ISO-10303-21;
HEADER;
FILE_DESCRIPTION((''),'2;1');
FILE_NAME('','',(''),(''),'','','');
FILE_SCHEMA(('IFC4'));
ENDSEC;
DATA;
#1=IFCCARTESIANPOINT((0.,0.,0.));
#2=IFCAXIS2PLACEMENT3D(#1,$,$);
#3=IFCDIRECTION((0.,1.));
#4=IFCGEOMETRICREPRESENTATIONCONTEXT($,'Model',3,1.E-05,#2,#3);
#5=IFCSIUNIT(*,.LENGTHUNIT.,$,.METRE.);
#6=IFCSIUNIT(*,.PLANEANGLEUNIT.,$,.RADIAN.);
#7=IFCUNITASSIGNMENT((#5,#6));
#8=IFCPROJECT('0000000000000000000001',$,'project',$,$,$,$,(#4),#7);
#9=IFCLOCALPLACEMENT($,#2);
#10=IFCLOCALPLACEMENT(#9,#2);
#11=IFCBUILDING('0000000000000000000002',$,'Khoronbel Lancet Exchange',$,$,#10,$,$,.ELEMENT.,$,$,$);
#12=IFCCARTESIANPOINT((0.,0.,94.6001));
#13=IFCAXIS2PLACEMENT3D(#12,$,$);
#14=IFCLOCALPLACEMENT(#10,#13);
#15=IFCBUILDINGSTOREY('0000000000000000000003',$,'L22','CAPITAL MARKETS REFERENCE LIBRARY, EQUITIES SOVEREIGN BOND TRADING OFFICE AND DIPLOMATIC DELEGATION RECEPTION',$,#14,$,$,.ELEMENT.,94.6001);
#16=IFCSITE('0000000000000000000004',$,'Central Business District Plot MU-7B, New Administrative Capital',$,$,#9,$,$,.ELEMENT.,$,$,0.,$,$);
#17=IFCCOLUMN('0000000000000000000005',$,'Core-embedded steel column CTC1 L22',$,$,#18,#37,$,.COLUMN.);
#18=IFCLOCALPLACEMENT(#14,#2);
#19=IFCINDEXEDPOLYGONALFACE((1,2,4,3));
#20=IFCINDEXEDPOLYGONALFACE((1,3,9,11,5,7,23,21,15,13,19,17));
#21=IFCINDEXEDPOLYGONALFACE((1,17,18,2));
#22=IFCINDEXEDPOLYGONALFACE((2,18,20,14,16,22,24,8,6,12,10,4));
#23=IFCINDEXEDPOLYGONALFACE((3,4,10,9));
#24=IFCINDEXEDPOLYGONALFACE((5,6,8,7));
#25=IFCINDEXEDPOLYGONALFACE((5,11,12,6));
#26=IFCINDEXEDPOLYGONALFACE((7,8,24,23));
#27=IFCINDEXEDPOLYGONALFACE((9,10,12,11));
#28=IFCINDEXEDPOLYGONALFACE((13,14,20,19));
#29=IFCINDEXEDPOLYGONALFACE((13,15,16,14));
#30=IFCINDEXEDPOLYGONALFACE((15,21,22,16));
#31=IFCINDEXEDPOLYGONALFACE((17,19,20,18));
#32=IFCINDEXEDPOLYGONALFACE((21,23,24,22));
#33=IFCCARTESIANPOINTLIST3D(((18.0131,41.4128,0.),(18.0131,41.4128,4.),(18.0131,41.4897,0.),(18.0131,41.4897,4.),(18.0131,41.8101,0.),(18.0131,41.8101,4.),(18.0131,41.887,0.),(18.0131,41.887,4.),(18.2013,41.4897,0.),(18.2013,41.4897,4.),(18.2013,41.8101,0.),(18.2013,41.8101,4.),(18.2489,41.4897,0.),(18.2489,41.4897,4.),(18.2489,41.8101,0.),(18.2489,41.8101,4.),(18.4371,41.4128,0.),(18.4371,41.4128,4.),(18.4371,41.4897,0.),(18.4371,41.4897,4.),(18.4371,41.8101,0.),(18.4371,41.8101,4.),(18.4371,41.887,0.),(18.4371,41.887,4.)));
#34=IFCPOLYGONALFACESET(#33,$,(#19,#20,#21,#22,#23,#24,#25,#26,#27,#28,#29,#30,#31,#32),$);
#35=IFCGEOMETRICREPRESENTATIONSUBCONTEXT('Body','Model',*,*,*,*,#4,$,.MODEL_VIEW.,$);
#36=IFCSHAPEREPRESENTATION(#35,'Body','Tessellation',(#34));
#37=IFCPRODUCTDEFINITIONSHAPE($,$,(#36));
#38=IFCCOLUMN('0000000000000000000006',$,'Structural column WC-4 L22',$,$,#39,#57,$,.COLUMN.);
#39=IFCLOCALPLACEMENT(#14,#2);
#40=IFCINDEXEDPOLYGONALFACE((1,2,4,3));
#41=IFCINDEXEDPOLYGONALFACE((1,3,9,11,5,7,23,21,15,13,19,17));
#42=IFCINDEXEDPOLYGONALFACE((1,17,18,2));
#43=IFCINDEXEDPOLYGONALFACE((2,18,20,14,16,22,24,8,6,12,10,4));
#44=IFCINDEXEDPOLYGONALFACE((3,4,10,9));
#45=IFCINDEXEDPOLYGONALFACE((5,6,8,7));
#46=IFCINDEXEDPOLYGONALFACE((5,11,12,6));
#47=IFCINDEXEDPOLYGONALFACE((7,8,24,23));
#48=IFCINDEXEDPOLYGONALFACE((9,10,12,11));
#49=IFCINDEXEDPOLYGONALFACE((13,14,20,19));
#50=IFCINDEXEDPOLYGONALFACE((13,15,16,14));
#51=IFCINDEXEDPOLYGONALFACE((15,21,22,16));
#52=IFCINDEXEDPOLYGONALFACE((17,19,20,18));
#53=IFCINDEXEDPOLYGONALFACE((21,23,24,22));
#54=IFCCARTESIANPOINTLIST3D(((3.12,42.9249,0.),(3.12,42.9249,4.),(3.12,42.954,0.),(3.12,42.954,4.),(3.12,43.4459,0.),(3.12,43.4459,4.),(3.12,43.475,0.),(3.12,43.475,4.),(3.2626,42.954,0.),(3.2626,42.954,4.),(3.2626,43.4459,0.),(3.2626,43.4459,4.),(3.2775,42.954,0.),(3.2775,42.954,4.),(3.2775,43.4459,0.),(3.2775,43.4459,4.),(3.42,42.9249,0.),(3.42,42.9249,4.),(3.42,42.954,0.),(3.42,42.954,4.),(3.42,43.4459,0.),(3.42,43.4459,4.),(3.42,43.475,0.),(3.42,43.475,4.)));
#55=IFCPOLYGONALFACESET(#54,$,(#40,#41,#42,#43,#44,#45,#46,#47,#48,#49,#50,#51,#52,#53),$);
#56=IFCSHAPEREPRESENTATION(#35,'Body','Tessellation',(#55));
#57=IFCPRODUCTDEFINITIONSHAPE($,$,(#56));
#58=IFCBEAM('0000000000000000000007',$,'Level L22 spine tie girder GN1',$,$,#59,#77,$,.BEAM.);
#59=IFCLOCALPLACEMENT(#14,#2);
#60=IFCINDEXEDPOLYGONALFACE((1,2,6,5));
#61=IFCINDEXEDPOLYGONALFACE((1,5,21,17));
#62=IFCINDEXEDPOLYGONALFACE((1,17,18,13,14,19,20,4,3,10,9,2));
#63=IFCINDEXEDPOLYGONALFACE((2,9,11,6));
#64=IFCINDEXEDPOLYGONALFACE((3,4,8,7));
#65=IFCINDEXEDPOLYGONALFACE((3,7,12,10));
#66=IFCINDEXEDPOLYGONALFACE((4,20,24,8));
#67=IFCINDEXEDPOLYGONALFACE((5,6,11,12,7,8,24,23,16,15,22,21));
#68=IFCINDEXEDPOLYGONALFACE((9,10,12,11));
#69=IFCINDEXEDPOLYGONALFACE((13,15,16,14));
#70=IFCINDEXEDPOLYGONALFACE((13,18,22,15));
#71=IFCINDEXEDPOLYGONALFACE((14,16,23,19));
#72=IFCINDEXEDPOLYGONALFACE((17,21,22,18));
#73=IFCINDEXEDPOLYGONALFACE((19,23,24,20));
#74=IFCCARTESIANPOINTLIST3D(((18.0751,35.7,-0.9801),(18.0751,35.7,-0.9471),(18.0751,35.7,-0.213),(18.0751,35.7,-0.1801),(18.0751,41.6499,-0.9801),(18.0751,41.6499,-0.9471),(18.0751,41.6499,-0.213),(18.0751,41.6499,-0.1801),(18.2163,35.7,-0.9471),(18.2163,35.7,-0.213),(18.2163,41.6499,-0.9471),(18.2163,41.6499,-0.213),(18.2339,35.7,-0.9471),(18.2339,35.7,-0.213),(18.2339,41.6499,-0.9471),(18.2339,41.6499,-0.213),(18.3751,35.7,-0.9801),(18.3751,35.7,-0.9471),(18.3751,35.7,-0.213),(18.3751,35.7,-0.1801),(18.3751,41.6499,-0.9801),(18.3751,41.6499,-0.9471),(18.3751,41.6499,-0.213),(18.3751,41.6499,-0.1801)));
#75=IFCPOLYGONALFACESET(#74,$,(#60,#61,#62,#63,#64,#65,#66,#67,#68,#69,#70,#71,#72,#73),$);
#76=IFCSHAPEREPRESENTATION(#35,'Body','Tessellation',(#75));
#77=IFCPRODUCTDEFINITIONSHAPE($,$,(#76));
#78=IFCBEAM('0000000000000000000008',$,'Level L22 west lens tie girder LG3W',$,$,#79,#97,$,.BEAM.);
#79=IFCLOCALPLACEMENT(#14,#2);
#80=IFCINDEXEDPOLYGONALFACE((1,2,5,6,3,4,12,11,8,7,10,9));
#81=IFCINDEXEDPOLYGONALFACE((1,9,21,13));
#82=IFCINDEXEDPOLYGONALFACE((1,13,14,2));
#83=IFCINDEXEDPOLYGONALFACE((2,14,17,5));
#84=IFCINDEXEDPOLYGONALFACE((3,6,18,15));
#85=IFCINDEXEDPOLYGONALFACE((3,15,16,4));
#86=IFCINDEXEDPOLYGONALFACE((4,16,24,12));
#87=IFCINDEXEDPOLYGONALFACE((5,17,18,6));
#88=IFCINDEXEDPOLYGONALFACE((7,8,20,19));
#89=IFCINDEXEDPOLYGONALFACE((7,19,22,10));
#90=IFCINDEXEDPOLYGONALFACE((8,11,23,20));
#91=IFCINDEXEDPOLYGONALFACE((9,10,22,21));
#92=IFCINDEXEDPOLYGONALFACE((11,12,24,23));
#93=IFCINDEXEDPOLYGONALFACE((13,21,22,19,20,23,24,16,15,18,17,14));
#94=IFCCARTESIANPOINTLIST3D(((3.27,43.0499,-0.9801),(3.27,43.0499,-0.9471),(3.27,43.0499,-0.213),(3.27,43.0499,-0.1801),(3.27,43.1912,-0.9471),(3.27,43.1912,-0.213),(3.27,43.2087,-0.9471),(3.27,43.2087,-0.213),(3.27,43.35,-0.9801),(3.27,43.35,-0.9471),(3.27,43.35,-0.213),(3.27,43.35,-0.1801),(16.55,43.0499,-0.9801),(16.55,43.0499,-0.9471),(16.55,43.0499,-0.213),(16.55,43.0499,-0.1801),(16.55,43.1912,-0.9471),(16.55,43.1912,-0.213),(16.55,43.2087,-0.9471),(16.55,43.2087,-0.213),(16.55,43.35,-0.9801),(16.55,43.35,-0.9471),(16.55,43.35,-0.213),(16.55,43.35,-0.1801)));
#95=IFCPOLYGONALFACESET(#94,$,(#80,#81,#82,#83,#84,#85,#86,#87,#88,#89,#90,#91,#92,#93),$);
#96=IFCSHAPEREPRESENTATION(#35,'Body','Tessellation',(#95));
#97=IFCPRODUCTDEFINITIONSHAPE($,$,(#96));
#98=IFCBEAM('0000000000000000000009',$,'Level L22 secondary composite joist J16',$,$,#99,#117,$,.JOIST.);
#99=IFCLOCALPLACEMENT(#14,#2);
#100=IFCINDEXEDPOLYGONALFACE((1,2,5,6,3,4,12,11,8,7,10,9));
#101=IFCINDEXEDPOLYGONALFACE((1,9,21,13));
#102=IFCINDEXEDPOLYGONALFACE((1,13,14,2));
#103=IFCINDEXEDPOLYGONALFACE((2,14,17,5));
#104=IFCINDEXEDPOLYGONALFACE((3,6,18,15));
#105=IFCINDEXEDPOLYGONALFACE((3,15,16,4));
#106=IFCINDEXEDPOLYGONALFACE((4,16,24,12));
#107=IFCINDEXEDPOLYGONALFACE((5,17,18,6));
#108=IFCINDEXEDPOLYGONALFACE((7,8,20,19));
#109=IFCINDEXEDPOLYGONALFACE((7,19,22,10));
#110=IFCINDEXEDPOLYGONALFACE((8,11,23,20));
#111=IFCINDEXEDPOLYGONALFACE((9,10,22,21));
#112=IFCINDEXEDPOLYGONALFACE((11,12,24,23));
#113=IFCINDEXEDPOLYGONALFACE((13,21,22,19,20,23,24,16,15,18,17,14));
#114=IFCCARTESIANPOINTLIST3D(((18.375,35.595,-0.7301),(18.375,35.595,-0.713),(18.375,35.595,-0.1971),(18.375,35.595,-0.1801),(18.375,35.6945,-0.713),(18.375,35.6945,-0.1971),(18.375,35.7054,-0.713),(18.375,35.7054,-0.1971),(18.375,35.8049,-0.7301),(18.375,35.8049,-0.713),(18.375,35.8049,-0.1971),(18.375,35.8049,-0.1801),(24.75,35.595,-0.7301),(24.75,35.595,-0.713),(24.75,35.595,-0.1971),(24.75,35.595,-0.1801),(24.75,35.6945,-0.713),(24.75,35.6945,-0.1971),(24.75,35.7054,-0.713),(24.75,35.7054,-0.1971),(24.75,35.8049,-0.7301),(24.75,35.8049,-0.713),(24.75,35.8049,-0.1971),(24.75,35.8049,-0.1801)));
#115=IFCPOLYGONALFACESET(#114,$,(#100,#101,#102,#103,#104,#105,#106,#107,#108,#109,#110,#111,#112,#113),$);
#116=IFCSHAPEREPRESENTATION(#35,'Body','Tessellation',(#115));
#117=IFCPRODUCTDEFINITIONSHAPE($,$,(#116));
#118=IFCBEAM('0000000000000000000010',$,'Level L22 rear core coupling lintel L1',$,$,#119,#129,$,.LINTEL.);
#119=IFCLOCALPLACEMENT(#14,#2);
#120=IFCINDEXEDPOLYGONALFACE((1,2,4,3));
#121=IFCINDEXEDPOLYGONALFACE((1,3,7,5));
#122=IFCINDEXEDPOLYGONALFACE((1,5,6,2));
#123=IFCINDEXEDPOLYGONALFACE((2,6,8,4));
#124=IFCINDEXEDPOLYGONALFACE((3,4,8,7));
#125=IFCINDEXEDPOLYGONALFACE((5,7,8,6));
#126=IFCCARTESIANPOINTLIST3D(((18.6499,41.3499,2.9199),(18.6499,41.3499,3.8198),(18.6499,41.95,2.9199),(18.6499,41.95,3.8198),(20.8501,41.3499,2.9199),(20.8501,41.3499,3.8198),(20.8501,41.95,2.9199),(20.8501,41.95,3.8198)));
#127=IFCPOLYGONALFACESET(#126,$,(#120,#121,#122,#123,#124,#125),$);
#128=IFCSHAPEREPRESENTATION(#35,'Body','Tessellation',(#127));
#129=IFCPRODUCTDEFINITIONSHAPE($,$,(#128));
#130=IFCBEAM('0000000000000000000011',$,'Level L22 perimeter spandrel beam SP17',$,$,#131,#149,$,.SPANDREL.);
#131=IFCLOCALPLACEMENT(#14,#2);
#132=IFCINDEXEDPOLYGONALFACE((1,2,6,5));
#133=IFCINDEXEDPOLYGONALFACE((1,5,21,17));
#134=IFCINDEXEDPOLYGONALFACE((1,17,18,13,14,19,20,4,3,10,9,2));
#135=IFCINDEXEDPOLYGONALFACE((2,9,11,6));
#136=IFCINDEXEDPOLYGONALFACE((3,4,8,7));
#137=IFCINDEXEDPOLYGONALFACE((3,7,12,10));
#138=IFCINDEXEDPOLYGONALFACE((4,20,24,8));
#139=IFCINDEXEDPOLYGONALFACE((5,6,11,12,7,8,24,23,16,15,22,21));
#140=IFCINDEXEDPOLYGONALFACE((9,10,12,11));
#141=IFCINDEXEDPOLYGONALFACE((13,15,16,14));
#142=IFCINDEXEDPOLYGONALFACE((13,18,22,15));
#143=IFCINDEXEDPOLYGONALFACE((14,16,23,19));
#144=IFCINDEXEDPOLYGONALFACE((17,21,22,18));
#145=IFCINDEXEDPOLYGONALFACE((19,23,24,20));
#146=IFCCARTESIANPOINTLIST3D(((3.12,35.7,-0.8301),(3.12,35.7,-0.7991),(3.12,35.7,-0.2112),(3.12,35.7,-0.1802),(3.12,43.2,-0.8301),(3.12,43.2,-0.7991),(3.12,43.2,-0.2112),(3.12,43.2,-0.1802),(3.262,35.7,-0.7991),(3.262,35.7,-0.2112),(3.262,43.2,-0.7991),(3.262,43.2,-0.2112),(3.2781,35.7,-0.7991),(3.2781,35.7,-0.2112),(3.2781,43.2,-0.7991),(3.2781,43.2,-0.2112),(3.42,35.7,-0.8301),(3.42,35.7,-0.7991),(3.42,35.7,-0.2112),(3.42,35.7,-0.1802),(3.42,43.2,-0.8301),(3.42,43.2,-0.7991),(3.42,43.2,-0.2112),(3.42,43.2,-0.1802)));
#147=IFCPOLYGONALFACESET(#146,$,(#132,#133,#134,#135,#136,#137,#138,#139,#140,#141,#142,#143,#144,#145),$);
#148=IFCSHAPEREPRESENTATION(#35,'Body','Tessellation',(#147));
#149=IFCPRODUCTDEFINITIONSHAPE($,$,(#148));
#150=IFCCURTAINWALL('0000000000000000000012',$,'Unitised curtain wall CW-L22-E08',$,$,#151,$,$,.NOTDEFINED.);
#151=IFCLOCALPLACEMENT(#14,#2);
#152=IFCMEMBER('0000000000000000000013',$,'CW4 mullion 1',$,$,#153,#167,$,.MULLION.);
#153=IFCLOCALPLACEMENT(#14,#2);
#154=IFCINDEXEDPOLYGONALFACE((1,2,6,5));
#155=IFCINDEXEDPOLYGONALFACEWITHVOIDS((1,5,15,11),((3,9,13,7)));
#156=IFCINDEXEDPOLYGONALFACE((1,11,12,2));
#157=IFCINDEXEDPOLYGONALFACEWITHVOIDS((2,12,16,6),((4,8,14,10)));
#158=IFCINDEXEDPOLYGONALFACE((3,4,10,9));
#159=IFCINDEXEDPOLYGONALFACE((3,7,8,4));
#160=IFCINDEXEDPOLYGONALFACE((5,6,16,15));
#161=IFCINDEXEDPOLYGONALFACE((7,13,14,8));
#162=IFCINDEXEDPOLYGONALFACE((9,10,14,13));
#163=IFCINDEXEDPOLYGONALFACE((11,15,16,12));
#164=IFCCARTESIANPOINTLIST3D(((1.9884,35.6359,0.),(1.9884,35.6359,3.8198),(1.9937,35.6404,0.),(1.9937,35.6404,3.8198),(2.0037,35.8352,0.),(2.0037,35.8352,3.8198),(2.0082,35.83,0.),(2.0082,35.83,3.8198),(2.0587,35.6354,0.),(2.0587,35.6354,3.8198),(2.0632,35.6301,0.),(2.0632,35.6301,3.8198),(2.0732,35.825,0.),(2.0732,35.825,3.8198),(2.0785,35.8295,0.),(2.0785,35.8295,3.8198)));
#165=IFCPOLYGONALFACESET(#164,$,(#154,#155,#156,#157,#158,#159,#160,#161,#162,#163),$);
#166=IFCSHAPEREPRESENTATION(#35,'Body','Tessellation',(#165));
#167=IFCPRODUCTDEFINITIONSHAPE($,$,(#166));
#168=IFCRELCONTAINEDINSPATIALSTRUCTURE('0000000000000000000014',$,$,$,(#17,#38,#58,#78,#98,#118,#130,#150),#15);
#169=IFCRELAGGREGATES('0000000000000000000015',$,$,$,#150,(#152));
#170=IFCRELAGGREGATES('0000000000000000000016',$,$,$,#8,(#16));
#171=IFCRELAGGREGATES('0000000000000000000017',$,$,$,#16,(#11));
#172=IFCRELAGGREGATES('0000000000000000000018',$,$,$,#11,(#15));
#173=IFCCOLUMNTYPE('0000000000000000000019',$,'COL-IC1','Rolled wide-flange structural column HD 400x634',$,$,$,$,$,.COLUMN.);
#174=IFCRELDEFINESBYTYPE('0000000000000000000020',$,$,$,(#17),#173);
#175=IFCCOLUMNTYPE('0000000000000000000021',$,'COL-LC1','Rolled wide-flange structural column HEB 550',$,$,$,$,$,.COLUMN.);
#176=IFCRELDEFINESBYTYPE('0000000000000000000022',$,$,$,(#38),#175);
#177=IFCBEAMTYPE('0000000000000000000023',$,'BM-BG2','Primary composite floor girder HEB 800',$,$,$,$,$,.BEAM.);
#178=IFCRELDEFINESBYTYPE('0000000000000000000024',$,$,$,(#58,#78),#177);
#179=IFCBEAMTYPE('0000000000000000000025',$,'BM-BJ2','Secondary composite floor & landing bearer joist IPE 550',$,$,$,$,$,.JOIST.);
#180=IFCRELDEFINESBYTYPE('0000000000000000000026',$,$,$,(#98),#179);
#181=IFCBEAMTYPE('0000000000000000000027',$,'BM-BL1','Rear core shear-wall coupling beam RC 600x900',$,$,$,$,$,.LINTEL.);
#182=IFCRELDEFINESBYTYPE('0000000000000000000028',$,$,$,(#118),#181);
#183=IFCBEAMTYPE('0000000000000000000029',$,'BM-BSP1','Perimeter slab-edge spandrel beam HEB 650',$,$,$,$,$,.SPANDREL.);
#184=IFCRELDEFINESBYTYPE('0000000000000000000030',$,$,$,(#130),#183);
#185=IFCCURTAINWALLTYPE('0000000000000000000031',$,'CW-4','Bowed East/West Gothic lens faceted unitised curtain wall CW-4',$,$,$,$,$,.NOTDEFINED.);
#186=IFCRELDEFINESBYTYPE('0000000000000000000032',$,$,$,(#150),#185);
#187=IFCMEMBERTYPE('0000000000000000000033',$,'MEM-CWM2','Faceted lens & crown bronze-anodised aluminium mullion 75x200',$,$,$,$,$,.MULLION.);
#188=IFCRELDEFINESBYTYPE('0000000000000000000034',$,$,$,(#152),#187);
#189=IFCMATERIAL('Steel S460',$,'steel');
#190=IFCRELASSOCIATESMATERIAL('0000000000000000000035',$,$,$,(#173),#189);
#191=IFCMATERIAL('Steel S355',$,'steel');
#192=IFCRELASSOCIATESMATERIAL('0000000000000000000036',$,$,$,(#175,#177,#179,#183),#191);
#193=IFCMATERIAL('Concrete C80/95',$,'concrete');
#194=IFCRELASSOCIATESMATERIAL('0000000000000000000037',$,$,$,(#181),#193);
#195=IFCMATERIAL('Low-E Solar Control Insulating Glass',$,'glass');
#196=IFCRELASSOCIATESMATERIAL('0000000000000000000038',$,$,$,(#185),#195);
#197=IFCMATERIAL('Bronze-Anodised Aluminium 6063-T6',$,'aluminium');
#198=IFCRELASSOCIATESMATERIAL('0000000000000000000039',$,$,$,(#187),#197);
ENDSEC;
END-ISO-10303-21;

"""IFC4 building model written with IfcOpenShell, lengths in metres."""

from ifc_helpers import new_model, si_unit, direction, frame, origin, origin_2d, place, context, subcontext, project, spatial, rectangle, hollow_rectangle, i_section, extrude, material, material_profile, profile_set, type_object, element, aggregate, save


model = new_model("IFC4")

# Units and contexts
model_context = context("Model", 3, precision=1e-05, world=origin(), true_north=direction((0.0, 1.0)))
body_context = subcontext(model_context, "Body", "Model", "MODEL_VIEW")
ifc_project = project(units=[si_unit("LENGTHUNIT", "METRE"), si_unit("PLANEANGLEUNIT", "RADIAN")], contexts=[model_context])

# Site, building, storey
site_placement = place(None, origin())
site = spatial("IfcSite", under=ifc_project, at=site_placement, Name="Central Business District Plot MU-7B, New Administrative Capital", CompositionType="ELEMENT", RefElevation=0.0)
building_placement = place(site_placement, origin())
building = spatial("IfcBuilding", under=site, at=building_placement, Name="Khoronbel Lancet Exchange", CompositionType="ELEMENT")
storey_placement = place(building_placement, frame((0.0, 0.0, 94.6001)))
storey = spatial("IfcBuildingStorey", under=building, at=storey_placement, Name="L22", Description="CAPITAL MARKETS REFERENCE LIBRARY, EQUITIES SOVEREIGN BOND TRADING OFFICE AND DIPLOMATIC DELEGATION RECEPTION", CompositionType="ELEMENT", Elevation=94.6001)

# Columns
ifc_material_1 = material(Name="Steel S460", Category="steel")
ifc_material_profile_1 = material_profile(ifc_material_1, i_section(OverallWidth=0.4241, OverallDepth=0.4741, WebThickness=0.0476, FlangeThickness=0.0769, at=origin_2d()), Name="HD 400x634")
ifc_profile_set_1 = profile_set([ifc_material_profile_1], Name="Steel S460")
column_type_1 = type_object("IfcColumnType", Name="COL-IC1", Description="Rolled wide-flange structural column HD 400x634", PredefinedType="COLUMN", material=ifc_profile_set_1)
column_1_placement = place(storey_placement, frame((18.2251, 41.6499, 0.0), z_axis=(0.0, 0.0, 1.0), x_axis=(1.0, 0.0, 0.0)))
element("IfcColumn", 1, at=column_1_placement, inside=storey, type_object=column_type_1, Name="Core-embedded steel column CTC1 L22", PredefinedType="COLUMN", context=body_context, shape_type="SweptSolid", body=[
    extrude(i_section(OverallWidth=0.4241, OverallDepth=0.4741, WebThickness=0.0476, FlangeThickness=0.0769, at=origin_2d()), origin(), (0.0, 0.0, 1.0), 4.0),
])
ifc_material_2 = material(Name="Steel S355", Category="steel")
ifc_material_profile_2 = material_profile(ifc_material_2, i_section(OverallWidth=0.3, OverallDepth=0.55, WebThickness=0.0149, FlangeThickness=0.0291, at=origin_2d()), Name="HEB 550")
ifc_profile_set_2 = profile_set([ifc_material_profile_2], Name="Steel S355")
column_type_2 = type_object("IfcColumnType", Name="COL-LC1", Description="Rolled wide-flange structural column HEB 550", PredefinedType="COLUMN", material=ifc_profile_set_2)
column_2_placement = place(storey_placement, frame((3.27, 43.2, 0.0), z_axis=(0.0, 0.0, 1.0), x_axis=(1.0, 0.0, 0.0)))
element("IfcColumn", 2, at=column_2_placement, inside=storey, type_object=column_type_2, Name="Structural column WC-4 L22", PredefinedType="COLUMN", context=body_context, shape_type="SweptSolid", body=[
    extrude(i_section(OverallWidth=0.3, OverallDepth=0.55, WebThickness=0.0149, FlangeThickness=0.0291, at=origin_2d()), origin(), (0.0, 0.0, 1.0), 4.0),
])

# Beams
ifc_material_profile_3 = material_profile(ifc_material_2, i_section(OverallWidth=0.3, OverallDepth=0.8, WebThickness=0.0176, FlangeThickness=0.033, at=origin_2d()), Name="HEB 800")
ifc_profile_set_3 = profile_set([ifc_material_profile_3], Name="Steel S355")
beam_type_1 = type_object("IfcBeamType", Name="BM-BG2", Description="Primary composite floor girder HEB 800", PredefinedType="BEAM", material=ifc_profile_set_3)
beam_1_placement = place(storey_placement, frame((18.2251, 35.7, -0.5801), z_axis=(0.0, 1.0, 0.0), x_axis=(-1.0, 0.0, 0.0)))
element("IfcBeam", 3, at=beam_1_placement, inside=storey, type_object=beam_type_1, Name="Level L22 spine tie girder GN1", PredefinedType="BEAM", context=body_context, shape_type="SweptSolid", body=[
    extrude(i_section(OverallWidth=0.3, OverallDepth=0.8, WebThickness=0.0176, FlangeThickness=0.033, at=origin_2d()), origin(), (0.0, 0.0, 1.0), 5.95),
])
beam_2_placement = place(storey_placement, frame((3.27, 43.2, -0.5801), z_axis=(1.0, 0.0, 0.0), x_axis=(0.0, 1.0, 0.0)))
element("IfcBeam", 4, at=beam_2_placement, inside=storey, type_object=beam_type_1, Name="Level L22 west lens tie girder LG3W", PredefinedType="BEAM", context=body_context, shape_type="SweptSolid", body=[
    extrude(i_section(OverallWidth=0.3, OverallDepth=0.8, WebThickness=0.0176, FlangeThickness=0.033, at=origin_2d()), origin(), (0.0, 0.0, 1.0), 13.28),
])
ifc_material_profile_4 = material_profile(ifc_material_2, i_section(OverallWidth=0.21, OverallDepth=0.55, WebThickness=0.011, FlangeThickness=0.0171, at=origin_2d()), Name="IPE 550")
ifc_profile_set_4 = profile_set([ifc_material_profile_4], Name="Steel S355")
beam_type_2 = type_object("IfcBeamType", Name="BM-BJ2", Description="Secondary composite floor & landing bearer joist IPE 550", PredefinedType="JOIST", material=ifc_profile_set_4)
beam_3_placement = place(storey_placement, frame((18.375, 35.7, -0.4551), z_axis=(1.0, 0.0, 0.0), x_axis=(0.0, 1.0, 0.0)))
element("IfcBeam", 5, at=beam_3_placement, inside=storey, type_object=beam_type_2, Name="Level L22 secondary composite joist J16", PredefinedType="JOIST", context=body_context, shape_type="SweptSolid", body=[
    extrude(i_section(OverallWidth=0.21, OverallDepth=0.55, WebThickness=0.011, FlangeThickness=0.0171, at=origin_2d()), origin(), (0.0, 0.0, 1.0), 6.375),
])
ifc_material_3 = material(Name="Concrete C80/95", Category="concrete")
ifc_material_profile_5 = material_profile(ifc_material_3, rectangle(XDim=0.6001, YDim=0.8999, at=origin_2d()), Name="RC 600x900")
ifc_profile_set_5 = profile_set([ifc_material_profile_5], Name="Concrete C80/95")
beam_type_3 = type_object("IfcBeamType", Name="BM-BL1", Description="Rear core shear-wall coupling beam RC 600x900", PredefinedType="LINTEL", material=ifc_profile_set_5)
beam_4_placement = place(storey_placement, frame((18.6499, 41.6499, 3.3699), z_axis=(1.0, 0.0, 0.0), x_axis=(0.0, 1.0, 0.0)))
element("IfcBeam", 6, at=beam_4_placement, inside=storey, type_object=beam_type_3, Name="Level L22 rear core coupling lintel L1", PredefinedType="LINTEL", context=body_context, shape_type="SweptSolid", body=[
    extrude(rectangle(XDim=0.6001, YDim=0.8999, at=origin_2d()), origin(), (0.0, 0.0, 1.0), 2.2002),
])
ifc_material_profile_6 = material_profile(ifc_material_2, i_section(OverallWidth=0.3, OverallDepth=0.6499, WebThickness=0.0161, FlangeThickness=0.031, at=origin_2d()), Name="HEB 650")
ifc_profile_set_6 = profile_set([ifc_material_profile_6], Name="Steel S355")
beam_type_4 = type_object("IfcBeamType", Name="BM-BSP1", Description="Perimeter slab-edge spandrel beam HEB 650", PredefinedType="SPANDREL", material=ifc_profile_set_6)
beam_5_placement = place(storey_placement, frame((3.27, 43.2, -0.5051), z_axis=(0.0, -1.0, 0.0), x_axis=(1.0, 0.0, 0.0)))
element("IfcBeam", 7, at=beam_5_placement, inside=storey, type_object=beam_type_4, Name="Level L22 perimeter spandrel beam SP17", PredefinedType="SPANDREL", context=body_context, shape_type="SweptSolid", body=[
    extrude(i_section(OverallWidth=0.3, OverallDepth=0.6499, WebThickness=0.0161, FlangeThickness=0.031, at=origin_2d()), origin(), (0.0, 0.0, 1.0), 7.5),
])

# Curtain wall, member
ifc_material_4 = material(Name="Low-E Solar Control Insulating Glass", Category="glass")
curtain_wall_type = type_object("IfcCurtainWallType", Name="CW-4", Description="Bowed East/West Gothic lens faceted unitised curtain wall CW-4", PredefinedType="NOTDEFINED", material=ifc_material_4)
curtain_wall_1_placement = place(storey_placement, origin())
curtain_wall_1 = element("IfcCurtainWall", 8, at=curtain_wall_1_placement, inside=storey, type_object=curtain_wall_type, Name="Unitised curtain wall CW-L22-E08", PredefinedType="NOTDEFINED")
ifc_material_5 = material(Name="Bronze-Anodised Aluminium 6063-T6", Category="aluminium")
ifc_material_profile_7 = material_profile(ifc_material_5, hollow_rectangle(XDim=0.075, YDim=0.2, WallThickness=0.0049, at=origin_2d()), Name="ALU MULLION 75x200")
ifc_profile_set_7 = profile_set([ifc_material_profile_7], Name="Bronze-Anodised Aluminium 6063-T6")
member_type_1 = type_object("IfcMemberType", Name="MEM-CWM2", Description="Faceted lens & crown bronze-anodised aluminium mullion 75x200", PredefinedType="MULLION", material=ifc_profile_set_7)
member_1_placement = place(storey_placement, frame((2.0334, 35.7327, 0.0), z_axis=(0.0, 0.0, 1.0), x_axis=(-0.99706, 0.076626, 0.0)))
member_1 = element("IfcMember", 9, at=member_1_placement, type_object=member_type_1, Name="CW4 mullion 1", PredefinedType="MULLION", context=body_context, shape_type="SweptSolid", body=[
    extrude(hollow_rectangle(XDim=0.075, YDim=0.2, WallThickness=0.0049, at=origin_2d()), origin(), (0.0, 0.0, 1.0), 3.8198),
])

aggregate(curtain_wall_1, [member_1])

save(model, "model.ifc")
